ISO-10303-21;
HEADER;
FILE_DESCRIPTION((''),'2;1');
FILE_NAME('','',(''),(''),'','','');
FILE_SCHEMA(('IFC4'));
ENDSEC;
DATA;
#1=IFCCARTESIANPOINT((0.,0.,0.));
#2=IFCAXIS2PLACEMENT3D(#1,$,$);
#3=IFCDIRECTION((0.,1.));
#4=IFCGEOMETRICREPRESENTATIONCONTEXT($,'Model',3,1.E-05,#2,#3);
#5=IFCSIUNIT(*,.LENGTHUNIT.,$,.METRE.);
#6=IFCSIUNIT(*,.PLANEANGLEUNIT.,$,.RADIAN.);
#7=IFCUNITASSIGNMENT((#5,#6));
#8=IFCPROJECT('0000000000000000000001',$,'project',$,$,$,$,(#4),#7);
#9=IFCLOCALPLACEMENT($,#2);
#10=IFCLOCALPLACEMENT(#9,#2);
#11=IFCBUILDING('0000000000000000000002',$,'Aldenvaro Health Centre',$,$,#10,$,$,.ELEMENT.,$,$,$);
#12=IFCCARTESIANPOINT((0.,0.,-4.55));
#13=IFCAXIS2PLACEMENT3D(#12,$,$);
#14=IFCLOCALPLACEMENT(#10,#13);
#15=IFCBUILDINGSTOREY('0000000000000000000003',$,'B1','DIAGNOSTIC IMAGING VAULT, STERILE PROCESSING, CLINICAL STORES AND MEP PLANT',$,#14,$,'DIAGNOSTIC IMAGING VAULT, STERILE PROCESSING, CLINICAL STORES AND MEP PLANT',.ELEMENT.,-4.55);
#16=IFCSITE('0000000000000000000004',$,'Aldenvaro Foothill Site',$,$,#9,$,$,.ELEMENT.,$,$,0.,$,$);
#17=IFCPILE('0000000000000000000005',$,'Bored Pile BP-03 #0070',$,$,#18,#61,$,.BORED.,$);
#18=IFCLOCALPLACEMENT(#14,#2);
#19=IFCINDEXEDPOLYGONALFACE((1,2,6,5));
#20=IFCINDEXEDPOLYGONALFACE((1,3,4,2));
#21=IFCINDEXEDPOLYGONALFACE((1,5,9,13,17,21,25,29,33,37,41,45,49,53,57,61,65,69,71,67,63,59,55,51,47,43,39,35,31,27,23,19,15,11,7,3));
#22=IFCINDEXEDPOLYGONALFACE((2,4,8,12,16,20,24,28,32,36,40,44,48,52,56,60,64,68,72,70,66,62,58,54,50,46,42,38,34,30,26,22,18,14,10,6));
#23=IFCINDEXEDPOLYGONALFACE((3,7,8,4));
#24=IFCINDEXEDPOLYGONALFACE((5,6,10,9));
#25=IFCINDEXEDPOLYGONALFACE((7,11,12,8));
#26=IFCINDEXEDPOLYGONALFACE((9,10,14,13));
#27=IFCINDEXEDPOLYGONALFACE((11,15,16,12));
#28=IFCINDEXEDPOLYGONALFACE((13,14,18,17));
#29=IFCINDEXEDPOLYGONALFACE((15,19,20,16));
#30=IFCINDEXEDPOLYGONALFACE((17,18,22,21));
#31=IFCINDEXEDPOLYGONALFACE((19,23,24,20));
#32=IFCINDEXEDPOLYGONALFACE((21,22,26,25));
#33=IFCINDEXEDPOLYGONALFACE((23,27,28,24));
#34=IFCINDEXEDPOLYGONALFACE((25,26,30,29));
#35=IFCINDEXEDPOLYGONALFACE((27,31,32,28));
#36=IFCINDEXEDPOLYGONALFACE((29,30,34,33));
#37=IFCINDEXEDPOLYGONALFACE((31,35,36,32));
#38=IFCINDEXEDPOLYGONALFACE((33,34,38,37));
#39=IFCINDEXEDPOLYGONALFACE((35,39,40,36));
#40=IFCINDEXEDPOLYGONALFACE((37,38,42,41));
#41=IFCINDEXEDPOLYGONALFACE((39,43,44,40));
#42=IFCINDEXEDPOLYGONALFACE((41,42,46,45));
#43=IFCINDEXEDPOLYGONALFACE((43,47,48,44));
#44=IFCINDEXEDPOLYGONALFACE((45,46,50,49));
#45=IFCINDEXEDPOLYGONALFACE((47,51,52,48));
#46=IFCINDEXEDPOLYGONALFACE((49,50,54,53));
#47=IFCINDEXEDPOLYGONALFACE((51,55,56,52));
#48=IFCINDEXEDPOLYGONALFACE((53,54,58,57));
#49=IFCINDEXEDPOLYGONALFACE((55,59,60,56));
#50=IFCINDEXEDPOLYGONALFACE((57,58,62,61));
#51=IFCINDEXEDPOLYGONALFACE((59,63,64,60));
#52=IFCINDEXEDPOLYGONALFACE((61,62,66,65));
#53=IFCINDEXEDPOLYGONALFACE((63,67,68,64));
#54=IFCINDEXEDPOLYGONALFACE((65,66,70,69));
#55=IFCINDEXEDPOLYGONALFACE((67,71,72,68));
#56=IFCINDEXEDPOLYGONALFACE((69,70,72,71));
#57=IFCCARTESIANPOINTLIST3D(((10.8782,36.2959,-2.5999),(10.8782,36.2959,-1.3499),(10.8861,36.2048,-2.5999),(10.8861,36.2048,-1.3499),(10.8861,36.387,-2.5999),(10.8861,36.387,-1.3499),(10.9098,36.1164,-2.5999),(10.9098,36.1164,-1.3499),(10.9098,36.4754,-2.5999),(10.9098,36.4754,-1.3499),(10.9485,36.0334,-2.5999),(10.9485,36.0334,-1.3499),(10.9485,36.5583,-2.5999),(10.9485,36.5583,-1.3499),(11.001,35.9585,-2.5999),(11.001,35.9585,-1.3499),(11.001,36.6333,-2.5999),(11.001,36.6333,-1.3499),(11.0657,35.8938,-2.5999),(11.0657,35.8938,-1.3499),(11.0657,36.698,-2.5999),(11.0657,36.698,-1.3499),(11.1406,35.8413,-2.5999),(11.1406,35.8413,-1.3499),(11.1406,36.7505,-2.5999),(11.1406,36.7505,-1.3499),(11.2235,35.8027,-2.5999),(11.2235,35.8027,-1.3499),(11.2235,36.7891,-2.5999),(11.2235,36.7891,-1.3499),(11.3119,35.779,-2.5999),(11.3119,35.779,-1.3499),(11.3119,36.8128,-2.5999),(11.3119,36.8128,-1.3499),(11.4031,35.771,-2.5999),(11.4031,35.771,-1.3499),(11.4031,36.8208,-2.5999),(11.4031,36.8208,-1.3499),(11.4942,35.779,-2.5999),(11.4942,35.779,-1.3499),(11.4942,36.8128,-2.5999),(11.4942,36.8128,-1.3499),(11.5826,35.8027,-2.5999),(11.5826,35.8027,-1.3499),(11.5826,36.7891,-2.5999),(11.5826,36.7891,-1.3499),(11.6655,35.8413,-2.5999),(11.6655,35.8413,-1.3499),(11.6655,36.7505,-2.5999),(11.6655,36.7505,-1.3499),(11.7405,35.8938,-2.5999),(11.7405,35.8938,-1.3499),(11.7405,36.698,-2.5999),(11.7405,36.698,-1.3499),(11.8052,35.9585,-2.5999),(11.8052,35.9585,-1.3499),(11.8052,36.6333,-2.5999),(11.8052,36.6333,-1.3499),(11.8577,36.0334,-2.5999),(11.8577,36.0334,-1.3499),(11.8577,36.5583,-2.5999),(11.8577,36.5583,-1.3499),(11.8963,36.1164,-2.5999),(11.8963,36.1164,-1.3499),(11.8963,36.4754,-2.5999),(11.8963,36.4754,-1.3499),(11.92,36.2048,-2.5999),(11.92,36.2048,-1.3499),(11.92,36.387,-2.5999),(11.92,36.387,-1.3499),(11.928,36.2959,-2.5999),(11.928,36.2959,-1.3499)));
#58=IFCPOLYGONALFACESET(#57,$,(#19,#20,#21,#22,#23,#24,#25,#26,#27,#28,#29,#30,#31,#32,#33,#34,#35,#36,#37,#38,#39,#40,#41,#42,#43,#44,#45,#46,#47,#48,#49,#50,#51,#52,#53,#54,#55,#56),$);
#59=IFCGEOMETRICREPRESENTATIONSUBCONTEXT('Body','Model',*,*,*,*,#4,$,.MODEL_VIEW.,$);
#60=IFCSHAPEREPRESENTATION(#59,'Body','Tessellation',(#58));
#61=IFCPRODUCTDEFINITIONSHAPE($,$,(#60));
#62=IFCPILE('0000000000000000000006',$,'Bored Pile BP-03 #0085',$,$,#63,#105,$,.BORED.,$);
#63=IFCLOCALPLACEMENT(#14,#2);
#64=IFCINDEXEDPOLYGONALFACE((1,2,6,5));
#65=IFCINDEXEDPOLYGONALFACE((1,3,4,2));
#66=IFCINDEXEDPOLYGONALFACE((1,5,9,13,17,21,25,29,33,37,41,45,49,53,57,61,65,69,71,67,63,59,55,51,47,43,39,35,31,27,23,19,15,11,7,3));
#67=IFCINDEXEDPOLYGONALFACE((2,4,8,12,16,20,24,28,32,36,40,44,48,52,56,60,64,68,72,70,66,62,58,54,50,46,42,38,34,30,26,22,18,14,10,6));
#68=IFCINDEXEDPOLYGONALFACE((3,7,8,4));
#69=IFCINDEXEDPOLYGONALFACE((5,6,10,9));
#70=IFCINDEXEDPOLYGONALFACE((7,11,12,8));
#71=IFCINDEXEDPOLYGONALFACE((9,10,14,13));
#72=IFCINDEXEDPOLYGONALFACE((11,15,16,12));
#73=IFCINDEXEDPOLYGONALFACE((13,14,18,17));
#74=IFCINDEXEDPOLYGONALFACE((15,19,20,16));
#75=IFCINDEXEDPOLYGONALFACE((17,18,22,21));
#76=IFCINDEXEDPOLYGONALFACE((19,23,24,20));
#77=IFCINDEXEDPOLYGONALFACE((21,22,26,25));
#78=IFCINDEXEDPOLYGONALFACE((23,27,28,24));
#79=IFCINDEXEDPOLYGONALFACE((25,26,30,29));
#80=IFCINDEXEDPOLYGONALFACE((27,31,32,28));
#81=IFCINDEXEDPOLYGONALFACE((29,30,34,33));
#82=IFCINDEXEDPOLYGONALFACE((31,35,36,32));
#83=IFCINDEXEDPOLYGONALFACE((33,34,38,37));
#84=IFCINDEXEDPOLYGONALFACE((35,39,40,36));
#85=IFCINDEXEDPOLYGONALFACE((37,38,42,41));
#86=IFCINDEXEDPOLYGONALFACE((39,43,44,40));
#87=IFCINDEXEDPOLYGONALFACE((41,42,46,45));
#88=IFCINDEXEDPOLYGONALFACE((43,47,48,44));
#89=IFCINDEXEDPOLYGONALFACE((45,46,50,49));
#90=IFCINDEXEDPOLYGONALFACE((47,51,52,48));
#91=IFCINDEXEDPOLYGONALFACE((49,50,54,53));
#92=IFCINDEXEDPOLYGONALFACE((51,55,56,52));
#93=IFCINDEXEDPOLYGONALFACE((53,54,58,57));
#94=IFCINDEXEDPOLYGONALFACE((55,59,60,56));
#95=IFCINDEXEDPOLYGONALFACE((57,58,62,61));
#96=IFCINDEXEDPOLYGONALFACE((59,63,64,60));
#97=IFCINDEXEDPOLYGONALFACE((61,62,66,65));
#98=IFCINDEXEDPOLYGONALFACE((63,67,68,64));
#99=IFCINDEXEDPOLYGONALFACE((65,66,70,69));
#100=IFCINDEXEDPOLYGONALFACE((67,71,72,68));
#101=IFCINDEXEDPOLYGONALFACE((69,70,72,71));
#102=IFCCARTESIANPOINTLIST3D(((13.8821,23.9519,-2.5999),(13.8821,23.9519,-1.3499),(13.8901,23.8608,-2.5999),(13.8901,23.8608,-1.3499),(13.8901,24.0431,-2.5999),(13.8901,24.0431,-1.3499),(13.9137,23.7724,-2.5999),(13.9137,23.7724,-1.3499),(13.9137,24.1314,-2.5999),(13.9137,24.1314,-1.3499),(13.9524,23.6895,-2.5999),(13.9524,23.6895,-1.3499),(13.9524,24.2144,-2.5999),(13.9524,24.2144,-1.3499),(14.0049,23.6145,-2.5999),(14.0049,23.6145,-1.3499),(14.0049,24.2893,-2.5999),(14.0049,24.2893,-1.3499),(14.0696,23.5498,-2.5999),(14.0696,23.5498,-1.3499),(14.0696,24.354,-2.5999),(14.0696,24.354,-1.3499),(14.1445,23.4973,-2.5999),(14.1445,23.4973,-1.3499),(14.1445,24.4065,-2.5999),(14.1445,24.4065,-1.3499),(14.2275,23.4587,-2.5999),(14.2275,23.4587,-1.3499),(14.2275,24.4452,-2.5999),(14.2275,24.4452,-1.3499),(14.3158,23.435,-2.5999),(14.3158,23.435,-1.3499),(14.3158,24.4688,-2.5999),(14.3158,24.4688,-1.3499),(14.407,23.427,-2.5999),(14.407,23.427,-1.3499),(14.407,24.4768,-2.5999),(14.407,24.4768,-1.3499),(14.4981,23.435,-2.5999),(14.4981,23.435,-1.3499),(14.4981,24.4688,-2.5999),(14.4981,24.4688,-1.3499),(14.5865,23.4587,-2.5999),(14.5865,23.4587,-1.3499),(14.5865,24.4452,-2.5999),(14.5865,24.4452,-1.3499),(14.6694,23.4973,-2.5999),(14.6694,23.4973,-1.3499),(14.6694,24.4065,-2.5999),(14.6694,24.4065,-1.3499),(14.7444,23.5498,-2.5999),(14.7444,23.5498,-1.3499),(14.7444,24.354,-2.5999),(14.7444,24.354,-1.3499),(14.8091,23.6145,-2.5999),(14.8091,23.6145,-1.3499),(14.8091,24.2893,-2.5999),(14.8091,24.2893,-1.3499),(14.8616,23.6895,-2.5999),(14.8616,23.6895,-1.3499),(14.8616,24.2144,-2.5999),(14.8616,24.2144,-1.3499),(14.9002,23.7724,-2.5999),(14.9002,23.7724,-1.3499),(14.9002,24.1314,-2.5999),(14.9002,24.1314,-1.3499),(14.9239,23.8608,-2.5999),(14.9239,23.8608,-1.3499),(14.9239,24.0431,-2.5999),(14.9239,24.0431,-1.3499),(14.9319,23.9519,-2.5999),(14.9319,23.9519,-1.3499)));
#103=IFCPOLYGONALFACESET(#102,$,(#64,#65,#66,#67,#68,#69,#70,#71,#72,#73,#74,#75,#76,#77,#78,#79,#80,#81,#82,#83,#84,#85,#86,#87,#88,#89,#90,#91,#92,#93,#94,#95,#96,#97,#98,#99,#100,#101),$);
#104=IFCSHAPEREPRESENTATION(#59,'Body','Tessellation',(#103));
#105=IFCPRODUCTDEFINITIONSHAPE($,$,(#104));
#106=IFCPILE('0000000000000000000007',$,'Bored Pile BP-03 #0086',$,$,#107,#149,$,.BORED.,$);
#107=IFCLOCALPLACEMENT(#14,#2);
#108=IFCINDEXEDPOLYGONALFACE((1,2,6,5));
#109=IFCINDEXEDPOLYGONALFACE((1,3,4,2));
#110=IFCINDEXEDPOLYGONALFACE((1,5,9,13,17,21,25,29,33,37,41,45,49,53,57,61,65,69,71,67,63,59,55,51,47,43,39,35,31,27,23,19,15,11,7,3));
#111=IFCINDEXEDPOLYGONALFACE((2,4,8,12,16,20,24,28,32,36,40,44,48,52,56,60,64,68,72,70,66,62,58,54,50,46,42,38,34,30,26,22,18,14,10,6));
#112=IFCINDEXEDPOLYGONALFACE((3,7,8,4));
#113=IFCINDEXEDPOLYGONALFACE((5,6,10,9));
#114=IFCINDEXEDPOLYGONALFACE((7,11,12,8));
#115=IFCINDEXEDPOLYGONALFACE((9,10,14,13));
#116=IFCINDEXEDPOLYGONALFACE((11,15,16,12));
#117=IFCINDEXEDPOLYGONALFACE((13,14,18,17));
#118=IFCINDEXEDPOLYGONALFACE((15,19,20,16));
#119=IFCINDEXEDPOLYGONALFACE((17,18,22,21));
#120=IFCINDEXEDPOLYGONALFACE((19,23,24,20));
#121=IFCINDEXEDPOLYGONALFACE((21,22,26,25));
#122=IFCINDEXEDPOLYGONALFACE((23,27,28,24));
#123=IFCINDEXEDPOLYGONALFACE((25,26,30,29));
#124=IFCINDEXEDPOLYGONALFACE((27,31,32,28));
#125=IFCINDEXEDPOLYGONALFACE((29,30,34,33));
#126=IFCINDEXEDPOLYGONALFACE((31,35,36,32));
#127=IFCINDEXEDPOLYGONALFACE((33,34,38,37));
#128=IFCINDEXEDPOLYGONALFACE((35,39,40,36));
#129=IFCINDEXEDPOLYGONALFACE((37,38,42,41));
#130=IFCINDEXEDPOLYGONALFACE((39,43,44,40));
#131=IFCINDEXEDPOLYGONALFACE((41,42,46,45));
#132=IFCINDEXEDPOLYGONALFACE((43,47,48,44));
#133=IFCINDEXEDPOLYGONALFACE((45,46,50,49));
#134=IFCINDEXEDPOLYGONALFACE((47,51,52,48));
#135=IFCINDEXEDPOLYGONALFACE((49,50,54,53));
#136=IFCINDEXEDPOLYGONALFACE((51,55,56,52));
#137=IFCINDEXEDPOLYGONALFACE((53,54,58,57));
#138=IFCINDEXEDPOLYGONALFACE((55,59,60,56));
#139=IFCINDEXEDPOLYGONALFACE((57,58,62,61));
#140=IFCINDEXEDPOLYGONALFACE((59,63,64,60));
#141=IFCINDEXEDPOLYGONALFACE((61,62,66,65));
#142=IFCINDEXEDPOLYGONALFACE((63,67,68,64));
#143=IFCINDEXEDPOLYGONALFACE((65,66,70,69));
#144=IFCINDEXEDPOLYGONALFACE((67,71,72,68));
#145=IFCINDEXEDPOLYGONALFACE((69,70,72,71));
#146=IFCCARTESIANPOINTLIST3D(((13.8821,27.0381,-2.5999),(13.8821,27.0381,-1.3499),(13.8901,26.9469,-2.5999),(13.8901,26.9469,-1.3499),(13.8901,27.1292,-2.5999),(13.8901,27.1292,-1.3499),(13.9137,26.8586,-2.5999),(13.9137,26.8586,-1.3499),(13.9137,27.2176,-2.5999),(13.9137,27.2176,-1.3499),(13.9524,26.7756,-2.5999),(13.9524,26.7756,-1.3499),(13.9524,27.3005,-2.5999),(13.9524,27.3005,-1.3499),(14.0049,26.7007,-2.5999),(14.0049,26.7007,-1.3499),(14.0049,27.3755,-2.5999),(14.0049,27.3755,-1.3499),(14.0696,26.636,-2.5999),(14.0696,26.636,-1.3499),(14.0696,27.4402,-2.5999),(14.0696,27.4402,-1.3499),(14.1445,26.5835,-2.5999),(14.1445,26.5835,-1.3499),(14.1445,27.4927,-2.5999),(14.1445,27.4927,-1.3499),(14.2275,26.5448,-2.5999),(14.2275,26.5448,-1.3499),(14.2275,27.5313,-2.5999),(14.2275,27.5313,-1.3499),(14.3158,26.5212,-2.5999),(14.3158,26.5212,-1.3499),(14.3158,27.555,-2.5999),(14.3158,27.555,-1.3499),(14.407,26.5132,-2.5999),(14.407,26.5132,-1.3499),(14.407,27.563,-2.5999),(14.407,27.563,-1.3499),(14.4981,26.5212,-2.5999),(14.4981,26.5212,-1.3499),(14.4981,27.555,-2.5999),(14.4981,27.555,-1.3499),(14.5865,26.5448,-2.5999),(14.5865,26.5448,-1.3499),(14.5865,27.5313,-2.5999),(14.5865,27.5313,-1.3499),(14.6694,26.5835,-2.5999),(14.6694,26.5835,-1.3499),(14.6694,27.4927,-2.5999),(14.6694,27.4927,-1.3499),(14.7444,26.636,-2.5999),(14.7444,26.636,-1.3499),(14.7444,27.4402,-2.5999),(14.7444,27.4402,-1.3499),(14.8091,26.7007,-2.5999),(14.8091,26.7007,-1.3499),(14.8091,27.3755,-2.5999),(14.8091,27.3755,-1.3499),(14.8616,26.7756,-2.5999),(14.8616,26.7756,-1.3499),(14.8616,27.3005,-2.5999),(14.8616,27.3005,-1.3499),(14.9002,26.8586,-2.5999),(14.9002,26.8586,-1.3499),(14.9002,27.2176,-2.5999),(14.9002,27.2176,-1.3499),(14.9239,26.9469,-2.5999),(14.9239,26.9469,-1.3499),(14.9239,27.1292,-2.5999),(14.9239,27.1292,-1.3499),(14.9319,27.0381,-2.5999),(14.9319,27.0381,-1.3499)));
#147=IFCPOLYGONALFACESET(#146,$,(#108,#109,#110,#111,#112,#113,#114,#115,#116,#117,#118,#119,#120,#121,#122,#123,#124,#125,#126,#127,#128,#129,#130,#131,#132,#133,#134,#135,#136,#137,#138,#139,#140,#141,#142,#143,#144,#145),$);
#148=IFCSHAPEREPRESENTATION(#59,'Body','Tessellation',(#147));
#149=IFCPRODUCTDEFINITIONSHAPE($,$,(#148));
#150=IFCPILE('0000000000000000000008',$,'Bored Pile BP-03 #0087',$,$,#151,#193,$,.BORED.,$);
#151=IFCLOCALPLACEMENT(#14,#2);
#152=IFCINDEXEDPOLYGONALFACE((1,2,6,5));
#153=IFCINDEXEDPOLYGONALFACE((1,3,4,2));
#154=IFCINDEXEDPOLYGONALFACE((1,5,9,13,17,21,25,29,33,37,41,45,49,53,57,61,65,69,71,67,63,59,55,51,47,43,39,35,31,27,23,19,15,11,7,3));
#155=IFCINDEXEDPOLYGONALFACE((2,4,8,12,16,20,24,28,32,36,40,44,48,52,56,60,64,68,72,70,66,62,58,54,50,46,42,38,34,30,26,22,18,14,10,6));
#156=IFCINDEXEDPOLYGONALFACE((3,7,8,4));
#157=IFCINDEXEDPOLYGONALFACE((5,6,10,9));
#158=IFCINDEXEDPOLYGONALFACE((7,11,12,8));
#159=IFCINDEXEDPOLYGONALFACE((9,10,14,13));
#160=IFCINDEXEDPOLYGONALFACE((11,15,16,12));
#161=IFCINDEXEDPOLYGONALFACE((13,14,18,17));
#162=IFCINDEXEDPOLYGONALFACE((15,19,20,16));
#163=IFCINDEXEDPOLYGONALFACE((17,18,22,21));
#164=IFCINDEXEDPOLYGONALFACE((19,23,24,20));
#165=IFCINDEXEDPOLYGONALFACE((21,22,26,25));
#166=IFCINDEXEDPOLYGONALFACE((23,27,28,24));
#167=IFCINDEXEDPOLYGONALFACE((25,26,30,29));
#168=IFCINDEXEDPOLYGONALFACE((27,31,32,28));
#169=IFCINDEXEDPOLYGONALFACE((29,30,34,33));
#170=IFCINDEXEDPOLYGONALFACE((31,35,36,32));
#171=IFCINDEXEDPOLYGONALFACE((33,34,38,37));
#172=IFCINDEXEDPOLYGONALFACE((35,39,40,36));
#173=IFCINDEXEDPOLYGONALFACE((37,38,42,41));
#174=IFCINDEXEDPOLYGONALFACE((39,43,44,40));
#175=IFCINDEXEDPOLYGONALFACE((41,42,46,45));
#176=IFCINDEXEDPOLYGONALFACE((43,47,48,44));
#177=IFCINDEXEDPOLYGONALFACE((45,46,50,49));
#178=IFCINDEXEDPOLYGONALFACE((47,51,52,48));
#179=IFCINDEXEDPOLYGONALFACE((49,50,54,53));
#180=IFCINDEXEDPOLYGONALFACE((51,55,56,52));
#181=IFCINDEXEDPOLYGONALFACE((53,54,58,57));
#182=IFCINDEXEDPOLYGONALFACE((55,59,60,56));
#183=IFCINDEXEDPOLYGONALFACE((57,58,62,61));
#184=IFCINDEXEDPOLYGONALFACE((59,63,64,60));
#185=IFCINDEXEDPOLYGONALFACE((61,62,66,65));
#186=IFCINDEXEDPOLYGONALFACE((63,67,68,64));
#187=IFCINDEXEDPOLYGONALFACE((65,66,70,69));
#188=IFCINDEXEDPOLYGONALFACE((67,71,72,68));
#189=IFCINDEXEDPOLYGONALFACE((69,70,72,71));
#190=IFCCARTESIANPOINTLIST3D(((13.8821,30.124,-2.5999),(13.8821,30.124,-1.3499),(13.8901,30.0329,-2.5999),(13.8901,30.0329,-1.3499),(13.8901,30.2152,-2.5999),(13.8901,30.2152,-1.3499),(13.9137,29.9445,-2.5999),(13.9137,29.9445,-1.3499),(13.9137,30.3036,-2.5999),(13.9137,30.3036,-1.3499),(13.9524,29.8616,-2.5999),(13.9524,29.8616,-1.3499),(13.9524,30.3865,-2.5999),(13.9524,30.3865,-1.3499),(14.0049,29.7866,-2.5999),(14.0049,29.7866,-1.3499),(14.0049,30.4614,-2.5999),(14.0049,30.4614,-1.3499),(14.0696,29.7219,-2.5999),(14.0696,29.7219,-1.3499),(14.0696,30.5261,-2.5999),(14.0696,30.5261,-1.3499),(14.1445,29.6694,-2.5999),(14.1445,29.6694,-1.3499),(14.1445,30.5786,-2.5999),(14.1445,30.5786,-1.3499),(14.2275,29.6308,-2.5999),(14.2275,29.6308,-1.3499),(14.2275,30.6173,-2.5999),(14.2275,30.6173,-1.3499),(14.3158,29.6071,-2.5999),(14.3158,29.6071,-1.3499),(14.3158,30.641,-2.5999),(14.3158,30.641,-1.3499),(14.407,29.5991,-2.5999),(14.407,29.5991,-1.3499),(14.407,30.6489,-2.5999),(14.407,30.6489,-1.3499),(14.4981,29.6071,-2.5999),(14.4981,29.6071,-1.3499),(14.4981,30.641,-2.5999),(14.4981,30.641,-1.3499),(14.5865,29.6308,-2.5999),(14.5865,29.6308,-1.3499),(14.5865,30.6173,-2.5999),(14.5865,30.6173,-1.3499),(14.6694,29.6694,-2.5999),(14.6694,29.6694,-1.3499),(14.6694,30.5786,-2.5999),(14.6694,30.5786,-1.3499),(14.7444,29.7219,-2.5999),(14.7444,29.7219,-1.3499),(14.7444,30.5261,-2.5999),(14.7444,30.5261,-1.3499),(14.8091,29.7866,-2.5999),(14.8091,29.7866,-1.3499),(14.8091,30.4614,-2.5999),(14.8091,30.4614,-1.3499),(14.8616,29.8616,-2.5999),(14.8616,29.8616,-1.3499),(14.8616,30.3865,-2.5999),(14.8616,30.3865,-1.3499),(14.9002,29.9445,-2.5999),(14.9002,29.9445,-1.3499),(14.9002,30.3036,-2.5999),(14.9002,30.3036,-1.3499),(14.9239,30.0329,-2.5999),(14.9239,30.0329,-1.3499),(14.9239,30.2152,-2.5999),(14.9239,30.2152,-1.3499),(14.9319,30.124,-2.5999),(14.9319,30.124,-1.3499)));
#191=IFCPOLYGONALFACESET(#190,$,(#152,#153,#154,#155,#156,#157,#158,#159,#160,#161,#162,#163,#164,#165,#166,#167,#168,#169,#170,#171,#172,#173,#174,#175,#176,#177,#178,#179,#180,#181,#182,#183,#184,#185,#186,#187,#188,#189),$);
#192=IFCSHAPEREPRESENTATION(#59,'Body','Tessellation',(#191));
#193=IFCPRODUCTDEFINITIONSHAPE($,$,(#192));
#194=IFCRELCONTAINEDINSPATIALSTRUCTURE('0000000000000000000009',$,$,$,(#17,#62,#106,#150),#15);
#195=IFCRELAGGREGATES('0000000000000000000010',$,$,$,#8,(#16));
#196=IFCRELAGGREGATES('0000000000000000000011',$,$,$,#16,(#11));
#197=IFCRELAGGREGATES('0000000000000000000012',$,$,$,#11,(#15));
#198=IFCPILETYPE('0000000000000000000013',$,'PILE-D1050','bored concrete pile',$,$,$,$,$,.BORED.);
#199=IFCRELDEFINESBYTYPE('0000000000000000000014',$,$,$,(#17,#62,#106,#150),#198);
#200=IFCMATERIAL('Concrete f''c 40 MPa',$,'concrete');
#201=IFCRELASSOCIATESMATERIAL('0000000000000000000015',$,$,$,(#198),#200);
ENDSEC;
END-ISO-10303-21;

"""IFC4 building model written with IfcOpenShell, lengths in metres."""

from ifc_helpers import new_model, si_unit, direction, frame, origin, origin_2d, place, context, subcontext, project, spatial, circle, extrude, material, material_profile, profile_set, type_object, element, save


model = new_model("IFC4")

# Units and contexts
model_context = context("Model", 3, precision=1e-05, world=origin(), true_north=direction((0.0, 1.0)))
body_context = subcontext(model_context, "Body", "Model", "MODEL_VIEW")
ifc_project = project(units=[si_unit("LENGTHUNIT", "METRE"), si_unit("PLANEANGLEUNIT", "RADIAN")], contexts=[model_context])

# Site, building, storey
site_placement = place(None, origin())
site = spatial("IfcSite", under=ifc_project, at=site_placement, Name="Aldenvaro Foothill Site", CompositionType="ELEMENT", RefElevation=0.0)
building_placement = place(site_placement, origin())
building = spatial("IfcBuilding", under=site, at=building_placement, Name="Aldenvaro Health Centre", CompositionType="ELEMENT")
storey_placement = place(building_placement, frame((0.0, 0.0, -4.55)))
storey = spatial("IfcBuildingStorey", under=building, at=storey_placement, Name="B1", Description="DIAGNOSTIC IMAGING VAULT, STERILE PROCESSING, CLINICAL STORES AND MEP PLANT", LongName="DIAGNOSTIC IMAGING VAULT, STERILE PROCESSING, CLINICAL STORES AND MEP PLANT", CompositionType="ELEMENT", Elevation=-4.55)

# Piles
ifc_material_1 = material(Name="Concrete f'c 40 MPa", Category="concrete")
ifc_material_profile_1 = material_profile(ifc_material_1, circle(Radius=0.5249, at=origin_2d()), Name="PILE D1050", Category="concrete")
ifc_profile_set_1 = profile_set([ifc_material_profile_1], Name="Concrete f'c 40 MPa")
pile_type = type_object("IfcPileType", Name="PILE-D1050", Description="bored concrete pile", PredefinedType="BORED", material=ifc_profile_set_1)
for number, where, z_axis, x_axis, name in (
    (1, (11.4031, 36.2959, -1.3499), (0.0, 0.0, -1.0), (1.0, 0.0, 0.0), "Bored Pile BP-03 #0070"),
    (2, (14.407, 23.9519, -1.3499), (0.0, 0.0, -1.0), (1.0, 0.0, 0.0), "Bored Pile BP-03 #0085"),
    (3, (14.407, 27.0381, -1.3499), (0.0, 0.0, -1.0), (1.0, 0.0, 0.0), "Bored Pile BP-03 #0086"),
    (4, (14.407, 30.124, -1.3499), (0.0, 0.0, -1.0), (1.0, 0.0, 0.0), "Bored Pile BP-03 #0087"),
):
    element("IfcPile", number, at=place(storey_placement, frame(where, z_axis=z_axis, x_axis=x_axis)), inside=storey, type_object=pile_type, Name=name, PredefinedType="BORED", context=body_context, shape_type="SweptSolid", body=[
        extrude(circle(Radius=0.5249, at=origin_2d()), origin(), (0.0, 0.0, 1.0), 1.25),
    ])

save(model, "model.ifc")
